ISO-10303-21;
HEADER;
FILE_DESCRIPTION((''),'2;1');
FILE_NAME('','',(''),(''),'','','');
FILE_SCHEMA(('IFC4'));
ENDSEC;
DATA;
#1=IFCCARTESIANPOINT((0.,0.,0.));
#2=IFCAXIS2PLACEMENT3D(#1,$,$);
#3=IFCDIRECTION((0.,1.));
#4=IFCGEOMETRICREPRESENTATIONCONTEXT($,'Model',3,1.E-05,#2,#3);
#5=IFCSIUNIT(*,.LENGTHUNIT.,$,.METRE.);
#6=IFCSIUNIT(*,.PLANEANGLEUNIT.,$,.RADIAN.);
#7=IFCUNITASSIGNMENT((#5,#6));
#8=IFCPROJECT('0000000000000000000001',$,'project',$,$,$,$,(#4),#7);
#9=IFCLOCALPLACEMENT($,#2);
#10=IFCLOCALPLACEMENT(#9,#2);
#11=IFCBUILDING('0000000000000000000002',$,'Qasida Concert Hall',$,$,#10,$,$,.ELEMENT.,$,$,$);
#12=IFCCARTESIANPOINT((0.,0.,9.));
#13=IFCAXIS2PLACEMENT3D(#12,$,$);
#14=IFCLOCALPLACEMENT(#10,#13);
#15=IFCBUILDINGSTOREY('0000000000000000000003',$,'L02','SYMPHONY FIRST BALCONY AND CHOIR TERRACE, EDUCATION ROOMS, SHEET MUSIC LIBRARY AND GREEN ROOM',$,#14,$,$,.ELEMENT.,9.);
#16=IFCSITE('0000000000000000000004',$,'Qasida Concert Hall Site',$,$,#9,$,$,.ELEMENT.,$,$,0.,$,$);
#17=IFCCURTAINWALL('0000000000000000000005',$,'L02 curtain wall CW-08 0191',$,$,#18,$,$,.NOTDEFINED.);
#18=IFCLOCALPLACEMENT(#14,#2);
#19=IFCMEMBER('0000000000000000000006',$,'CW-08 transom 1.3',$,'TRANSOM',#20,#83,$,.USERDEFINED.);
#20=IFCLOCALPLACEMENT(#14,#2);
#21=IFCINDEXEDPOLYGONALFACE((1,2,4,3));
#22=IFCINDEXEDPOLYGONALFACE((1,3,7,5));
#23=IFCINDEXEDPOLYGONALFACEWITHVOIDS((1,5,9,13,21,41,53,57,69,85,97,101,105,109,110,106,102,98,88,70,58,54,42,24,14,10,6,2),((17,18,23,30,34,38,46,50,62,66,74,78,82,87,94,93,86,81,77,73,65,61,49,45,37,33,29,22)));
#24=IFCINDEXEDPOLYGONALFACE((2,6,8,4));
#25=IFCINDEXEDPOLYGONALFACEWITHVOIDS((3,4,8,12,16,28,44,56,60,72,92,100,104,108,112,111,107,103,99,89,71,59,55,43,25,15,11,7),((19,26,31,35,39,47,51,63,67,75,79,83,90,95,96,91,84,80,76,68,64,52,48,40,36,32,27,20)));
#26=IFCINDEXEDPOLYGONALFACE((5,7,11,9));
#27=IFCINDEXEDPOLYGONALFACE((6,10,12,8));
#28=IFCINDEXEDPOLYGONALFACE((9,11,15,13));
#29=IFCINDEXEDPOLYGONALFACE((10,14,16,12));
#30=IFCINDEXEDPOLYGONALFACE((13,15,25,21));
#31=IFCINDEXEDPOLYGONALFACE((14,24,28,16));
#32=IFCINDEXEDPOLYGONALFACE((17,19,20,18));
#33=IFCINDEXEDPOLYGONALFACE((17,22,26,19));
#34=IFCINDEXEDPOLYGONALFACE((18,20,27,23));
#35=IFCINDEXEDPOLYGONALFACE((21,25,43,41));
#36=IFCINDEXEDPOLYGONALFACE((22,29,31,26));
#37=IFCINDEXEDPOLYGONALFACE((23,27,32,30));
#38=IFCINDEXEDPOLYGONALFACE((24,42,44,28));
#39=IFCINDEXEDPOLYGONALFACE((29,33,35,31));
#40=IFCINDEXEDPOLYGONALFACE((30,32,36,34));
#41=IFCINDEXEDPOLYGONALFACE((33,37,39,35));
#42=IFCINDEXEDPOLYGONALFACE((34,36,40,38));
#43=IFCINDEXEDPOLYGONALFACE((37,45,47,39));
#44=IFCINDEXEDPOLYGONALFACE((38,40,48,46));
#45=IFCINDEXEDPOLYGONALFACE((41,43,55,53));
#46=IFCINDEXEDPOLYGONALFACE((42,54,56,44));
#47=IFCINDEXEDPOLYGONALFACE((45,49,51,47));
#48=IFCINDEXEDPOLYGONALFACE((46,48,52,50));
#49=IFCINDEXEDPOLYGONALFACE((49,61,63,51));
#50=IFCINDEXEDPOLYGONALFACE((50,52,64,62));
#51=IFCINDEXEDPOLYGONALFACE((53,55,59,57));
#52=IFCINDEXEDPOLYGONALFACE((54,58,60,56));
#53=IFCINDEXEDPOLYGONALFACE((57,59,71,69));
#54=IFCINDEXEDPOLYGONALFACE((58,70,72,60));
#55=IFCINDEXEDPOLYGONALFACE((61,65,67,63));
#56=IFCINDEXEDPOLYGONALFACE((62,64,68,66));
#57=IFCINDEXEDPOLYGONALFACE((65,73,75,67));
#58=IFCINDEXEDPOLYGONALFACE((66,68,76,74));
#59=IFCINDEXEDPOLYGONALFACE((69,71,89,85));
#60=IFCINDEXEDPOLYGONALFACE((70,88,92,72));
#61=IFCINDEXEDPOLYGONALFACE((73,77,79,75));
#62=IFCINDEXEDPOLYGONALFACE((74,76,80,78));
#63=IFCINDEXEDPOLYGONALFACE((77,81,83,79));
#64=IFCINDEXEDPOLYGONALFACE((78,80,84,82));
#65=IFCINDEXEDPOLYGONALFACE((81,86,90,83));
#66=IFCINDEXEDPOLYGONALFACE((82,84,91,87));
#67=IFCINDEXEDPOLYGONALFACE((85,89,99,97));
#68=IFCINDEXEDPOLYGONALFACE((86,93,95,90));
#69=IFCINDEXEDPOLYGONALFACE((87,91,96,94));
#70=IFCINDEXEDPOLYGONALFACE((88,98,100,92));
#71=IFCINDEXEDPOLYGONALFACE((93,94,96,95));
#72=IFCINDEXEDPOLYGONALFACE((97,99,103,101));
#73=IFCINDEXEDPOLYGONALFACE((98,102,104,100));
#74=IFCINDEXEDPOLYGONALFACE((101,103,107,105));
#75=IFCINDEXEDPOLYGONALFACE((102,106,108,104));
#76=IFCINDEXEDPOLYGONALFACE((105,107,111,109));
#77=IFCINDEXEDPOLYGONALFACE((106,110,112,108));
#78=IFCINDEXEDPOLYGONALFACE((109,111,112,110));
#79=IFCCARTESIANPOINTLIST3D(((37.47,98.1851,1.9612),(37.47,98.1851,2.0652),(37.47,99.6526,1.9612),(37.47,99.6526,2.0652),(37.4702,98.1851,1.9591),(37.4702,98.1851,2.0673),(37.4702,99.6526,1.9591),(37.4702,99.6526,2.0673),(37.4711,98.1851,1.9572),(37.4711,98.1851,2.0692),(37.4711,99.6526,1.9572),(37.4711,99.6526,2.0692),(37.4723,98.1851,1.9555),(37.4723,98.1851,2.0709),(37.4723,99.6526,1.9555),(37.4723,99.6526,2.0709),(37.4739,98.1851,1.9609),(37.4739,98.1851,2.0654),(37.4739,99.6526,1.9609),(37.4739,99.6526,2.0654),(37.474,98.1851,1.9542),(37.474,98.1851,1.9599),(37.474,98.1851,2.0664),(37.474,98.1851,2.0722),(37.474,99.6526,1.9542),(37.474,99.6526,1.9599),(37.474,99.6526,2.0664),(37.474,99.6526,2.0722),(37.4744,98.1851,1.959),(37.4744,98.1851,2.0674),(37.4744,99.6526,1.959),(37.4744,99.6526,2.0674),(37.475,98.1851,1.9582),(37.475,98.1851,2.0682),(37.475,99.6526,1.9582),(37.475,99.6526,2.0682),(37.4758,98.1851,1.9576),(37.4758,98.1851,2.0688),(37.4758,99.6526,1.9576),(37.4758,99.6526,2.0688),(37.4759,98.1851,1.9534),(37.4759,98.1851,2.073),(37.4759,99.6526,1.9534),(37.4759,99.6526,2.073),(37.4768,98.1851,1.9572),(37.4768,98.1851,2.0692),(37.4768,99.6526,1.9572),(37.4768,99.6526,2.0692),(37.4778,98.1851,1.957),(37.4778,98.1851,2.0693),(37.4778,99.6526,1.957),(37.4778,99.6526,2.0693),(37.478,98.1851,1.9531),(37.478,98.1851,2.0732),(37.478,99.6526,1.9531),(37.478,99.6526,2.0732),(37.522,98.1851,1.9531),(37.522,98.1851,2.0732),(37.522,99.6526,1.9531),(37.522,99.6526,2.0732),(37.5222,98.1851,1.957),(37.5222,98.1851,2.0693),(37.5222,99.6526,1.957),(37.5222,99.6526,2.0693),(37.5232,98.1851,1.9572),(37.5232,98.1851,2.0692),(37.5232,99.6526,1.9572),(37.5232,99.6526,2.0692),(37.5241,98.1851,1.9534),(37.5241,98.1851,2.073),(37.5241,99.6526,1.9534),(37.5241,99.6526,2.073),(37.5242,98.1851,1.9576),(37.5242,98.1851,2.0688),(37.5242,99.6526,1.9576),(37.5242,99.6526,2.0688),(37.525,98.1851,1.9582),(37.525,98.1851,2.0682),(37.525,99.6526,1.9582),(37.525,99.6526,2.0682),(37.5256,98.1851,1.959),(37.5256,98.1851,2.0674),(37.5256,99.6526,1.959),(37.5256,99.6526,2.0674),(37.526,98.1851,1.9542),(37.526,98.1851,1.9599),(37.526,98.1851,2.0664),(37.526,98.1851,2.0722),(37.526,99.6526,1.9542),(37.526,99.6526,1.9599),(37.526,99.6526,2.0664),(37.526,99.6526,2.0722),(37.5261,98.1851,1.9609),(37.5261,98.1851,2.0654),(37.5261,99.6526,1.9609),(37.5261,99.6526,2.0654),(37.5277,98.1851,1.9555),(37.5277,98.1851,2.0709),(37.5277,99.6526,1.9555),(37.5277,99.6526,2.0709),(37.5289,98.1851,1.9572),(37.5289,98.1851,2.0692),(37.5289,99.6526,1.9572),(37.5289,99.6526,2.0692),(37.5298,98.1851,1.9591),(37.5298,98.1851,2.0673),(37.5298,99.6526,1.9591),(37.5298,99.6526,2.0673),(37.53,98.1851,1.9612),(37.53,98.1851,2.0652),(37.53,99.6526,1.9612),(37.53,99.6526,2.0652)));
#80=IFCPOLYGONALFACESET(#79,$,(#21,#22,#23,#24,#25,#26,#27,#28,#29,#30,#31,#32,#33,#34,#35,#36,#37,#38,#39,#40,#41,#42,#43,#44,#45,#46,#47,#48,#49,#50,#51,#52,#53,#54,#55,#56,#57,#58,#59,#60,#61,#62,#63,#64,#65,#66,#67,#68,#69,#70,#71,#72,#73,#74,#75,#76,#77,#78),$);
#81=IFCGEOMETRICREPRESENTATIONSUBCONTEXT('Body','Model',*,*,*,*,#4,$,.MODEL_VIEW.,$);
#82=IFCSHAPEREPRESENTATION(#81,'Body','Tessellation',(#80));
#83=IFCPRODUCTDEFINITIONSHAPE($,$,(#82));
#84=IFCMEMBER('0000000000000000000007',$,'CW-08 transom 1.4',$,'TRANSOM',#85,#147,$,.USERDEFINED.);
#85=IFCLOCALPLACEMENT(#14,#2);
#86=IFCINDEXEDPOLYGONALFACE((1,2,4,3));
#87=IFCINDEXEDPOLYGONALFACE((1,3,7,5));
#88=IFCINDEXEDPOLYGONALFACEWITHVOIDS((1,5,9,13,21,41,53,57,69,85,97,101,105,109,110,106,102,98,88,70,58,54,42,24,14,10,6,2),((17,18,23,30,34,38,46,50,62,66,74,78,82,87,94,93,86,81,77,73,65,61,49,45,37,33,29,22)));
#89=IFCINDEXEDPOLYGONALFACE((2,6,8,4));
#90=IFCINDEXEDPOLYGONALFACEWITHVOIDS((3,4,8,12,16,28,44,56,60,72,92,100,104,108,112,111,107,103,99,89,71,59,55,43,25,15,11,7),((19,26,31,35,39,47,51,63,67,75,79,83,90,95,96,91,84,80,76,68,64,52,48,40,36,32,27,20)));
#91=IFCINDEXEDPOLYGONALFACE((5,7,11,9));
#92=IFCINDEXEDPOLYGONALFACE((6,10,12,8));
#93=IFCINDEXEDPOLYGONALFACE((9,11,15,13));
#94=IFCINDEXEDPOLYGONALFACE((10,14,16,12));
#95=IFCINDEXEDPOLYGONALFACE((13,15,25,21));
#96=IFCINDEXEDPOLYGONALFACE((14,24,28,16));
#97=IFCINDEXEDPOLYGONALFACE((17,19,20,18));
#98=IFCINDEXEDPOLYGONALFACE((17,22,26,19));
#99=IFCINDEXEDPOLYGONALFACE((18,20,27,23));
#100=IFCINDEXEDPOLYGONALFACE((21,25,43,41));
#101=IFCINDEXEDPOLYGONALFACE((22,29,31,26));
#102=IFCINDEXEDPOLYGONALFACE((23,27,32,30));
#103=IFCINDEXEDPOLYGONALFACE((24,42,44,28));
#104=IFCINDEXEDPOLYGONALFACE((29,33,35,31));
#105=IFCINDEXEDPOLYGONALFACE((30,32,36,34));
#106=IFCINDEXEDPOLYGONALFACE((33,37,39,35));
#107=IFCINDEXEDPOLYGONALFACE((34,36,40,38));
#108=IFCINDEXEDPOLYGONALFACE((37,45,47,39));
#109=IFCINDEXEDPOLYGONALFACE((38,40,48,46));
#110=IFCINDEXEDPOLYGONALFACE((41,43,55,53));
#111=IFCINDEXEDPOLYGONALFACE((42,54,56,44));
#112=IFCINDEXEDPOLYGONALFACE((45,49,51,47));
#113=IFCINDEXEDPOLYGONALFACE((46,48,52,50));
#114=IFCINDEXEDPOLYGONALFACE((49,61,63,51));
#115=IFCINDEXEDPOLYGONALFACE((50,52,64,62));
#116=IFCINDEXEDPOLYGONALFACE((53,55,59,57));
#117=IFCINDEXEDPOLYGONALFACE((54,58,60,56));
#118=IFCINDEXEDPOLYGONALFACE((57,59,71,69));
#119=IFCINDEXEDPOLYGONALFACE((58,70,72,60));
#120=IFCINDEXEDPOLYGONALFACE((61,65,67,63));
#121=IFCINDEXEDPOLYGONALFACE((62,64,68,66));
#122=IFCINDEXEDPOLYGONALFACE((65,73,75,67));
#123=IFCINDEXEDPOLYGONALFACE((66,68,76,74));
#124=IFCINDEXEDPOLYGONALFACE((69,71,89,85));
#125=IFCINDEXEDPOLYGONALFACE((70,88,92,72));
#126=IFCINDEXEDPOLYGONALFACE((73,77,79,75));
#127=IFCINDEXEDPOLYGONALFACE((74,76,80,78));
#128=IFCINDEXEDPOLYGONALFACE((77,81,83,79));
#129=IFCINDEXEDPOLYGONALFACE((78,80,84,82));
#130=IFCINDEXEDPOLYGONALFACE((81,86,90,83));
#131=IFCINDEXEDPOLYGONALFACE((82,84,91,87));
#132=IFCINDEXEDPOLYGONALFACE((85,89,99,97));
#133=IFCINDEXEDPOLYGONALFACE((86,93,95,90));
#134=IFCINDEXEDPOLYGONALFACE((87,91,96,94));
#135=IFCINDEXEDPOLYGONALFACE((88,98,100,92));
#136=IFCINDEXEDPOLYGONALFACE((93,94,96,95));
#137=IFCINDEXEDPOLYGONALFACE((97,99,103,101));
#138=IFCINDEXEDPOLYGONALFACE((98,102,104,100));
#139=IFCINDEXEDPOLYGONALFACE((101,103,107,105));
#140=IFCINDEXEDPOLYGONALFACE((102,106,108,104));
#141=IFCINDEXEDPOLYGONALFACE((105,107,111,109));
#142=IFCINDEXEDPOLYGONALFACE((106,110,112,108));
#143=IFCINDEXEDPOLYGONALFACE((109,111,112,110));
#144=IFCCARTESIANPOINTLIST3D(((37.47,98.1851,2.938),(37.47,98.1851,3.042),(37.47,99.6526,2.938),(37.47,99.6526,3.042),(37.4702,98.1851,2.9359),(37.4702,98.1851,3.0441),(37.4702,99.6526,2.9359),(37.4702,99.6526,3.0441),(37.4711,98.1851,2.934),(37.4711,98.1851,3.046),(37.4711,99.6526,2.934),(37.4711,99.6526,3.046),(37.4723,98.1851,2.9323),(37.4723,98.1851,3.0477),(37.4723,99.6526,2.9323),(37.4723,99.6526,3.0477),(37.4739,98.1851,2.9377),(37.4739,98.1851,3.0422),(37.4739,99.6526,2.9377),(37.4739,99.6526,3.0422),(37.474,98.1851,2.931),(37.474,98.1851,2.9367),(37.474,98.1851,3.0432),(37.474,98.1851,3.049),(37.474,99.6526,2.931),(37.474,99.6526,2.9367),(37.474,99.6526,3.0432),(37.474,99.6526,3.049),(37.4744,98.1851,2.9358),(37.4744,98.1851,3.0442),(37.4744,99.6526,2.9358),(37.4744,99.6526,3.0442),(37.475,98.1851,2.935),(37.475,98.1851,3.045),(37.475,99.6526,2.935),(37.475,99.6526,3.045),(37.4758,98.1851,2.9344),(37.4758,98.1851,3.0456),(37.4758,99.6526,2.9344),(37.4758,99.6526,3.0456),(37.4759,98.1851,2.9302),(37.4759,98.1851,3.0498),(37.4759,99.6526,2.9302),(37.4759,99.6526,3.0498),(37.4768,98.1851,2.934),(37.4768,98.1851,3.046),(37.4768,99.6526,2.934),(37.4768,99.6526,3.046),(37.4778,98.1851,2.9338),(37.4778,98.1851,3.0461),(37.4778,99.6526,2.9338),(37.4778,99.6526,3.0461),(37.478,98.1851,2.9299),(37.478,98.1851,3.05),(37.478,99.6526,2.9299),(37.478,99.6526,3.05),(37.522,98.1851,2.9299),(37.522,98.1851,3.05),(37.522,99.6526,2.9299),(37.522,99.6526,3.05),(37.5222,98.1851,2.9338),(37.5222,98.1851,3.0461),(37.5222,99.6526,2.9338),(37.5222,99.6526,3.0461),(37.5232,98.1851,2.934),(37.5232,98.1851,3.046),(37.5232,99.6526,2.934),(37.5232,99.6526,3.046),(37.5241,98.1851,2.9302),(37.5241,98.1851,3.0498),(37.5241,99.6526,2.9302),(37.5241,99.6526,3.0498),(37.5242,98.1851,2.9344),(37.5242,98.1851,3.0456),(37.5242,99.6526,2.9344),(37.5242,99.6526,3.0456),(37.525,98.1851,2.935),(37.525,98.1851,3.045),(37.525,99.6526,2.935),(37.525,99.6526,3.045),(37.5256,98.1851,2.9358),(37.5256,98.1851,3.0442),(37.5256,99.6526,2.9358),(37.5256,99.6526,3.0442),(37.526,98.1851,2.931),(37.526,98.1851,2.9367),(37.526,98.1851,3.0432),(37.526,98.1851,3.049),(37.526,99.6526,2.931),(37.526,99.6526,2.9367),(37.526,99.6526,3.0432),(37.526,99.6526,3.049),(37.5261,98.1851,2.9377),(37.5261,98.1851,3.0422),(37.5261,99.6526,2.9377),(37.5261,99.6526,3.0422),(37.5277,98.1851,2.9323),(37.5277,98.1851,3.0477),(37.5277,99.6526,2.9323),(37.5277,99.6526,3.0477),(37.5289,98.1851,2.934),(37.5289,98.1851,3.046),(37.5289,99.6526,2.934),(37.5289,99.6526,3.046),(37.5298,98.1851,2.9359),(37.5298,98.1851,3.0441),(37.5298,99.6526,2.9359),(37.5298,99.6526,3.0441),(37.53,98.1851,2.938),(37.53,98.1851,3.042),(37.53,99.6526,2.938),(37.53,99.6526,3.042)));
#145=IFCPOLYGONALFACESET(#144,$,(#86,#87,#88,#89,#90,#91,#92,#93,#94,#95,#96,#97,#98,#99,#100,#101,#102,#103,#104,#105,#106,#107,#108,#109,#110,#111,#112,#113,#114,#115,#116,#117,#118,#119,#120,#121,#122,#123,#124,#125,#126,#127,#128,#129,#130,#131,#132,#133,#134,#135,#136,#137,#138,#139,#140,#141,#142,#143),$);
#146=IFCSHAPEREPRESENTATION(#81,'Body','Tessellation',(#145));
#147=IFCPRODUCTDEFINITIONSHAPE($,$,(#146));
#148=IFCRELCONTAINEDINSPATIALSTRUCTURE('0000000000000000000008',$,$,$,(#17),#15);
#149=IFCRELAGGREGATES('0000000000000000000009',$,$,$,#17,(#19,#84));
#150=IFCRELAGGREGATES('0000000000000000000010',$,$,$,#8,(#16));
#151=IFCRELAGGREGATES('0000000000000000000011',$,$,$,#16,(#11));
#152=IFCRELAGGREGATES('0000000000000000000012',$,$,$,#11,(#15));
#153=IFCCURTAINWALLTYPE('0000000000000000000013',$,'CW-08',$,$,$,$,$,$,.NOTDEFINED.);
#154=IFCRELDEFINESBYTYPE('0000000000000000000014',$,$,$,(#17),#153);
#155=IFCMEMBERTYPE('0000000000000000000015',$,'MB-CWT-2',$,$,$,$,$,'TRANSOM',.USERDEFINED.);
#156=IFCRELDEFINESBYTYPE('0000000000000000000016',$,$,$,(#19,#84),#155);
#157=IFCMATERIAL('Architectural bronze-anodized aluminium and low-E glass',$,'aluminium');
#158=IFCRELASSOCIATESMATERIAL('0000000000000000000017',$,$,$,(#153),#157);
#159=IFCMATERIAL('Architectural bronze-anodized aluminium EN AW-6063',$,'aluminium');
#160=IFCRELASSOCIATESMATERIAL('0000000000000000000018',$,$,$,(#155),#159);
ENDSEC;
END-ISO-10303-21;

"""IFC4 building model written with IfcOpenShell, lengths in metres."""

from ifc_helpers import new_model, si_unit, direction, frame, origin, origin_2d, place, context, subcontext, project, spatial, hollow_rectangle, extrude, material, material_profile, profile_set, type_object, element, aggregate, save


model = new_model("IFC4")

# Units and contexts
model_context = context("Model", 3, precision=1e-05, world=origin(), true_north=direction((0.0, 1.0)))
body_context = subcontext(model_context, "Body", "Model", "MODEL_VIEW")
ifc_project = project(units=[si_unit("LENGTHUNIT", "METRE"), si_unit("PLANEANGLEUNIT", "RADIAN")], contexts=[model_context])

# Site, building, storey
site_placement = place(None, origin())
site = spatial("IfcSite", under=ifc_project, at=site_placement, Name="Qasida Concert Hall Site", CompositionType="ELEMENT", RefElevation=0.0)
building_placement = place(site_placement, origin())
building = spatial("IfcBuilding", under=site, at=building_placement, Name="Qasida Concert Hall", CompositionType="ELEMENT")
storey_placement = place(building_placement, frame((0.0, 0.0, 9.0)))
storey = spatial("IfcBuildingStorey", under=building, at=storey_placement, Name="L02", Description="SYMPHONY FIRST BALCONY AND CHOIR TERRACE, EDUCATION ROOMS, SHEET MUSIC LIBRARY AND GREEN ROOM", CompositionType="ELEMENT", Elevation=9.0)

# Shared definitions
ifc_material_1 = material(Name="Architectural bronze-anodized aluminium and low-E glass", Category="aluminium")
curtain_wall_type = type_object("IfcCurtainWallType", Name="CW-08", PredefinedType="NOTDEFINED", material=ifc_material_1)
ifc_material_2 = material(Name="Architectural bronze-anodized aluminium EN AW-6063", Category="aluminium")

# Curtain wall
curtain_wall_1_placement = place(storey_placement, origin())
curtain_wall_1 = element("IfcCurtainWall", 1, at=curtain_wall_1_placement, inside=storey, type_object=curtain_wall_type, Name="L02 curtain wall CW-08 0191", PredefinedType="NOTDEFINED")

# Members
ifc_material_profile_1 = material_profile(ifc_material_2, hollow_rectangle(XDim=0.0601, YDim=0.1201, WallThickness=0.0039, InnerFilletRadius=0.0039, OuterFilletRadius=0.0081, at=origin_2d()), Name="CWT 120x60x4")
ifc_profile_set_1 = profile_set([ifc_material_profile_1], Name="Architectural bronze-anodized aluminium EN AW-6063")
member_type_1 = type_object("IfcMemberType", Name="MB-CWT-2", ElementType="TRANSOM", PredefinedType="USERDEFINED", material=ifc_profile_set_1)
member_1_placement = place(storey_placement, frame((37.5, 98.1851, 2.0132), z_axis=(0.0, 1.0, 0.0), x_axis=(-1.0, 0.0, 0.0)))
member_1 = element("IfcMember", 2, at=member_1_placement, type_object=member_type_1, Name="CW-08 transom 1.3", ObjectType="TRANSOM", PredefinedType="USERDEFINED", context=body_context, shape_type="SweptSolid", body=[
    extrude(hollow_rectangle(XDim=0.0601, YDim=0.1201, WallThickness=0.0039, InnerFilletRadius=0.0039, OuterFilletRadius=0.0081, at=origin_2d()), origin(), (0.0, 0.0, 1.0), 1.4675),
])
member_2_placement = place(storey_placement, frame((37.5, 98.1851, 2.99), z_axis=(0.0, 1.0, 0.0), x_axis=(-1.0, 0.0, 0.0)))
member_2 = element("IfcMember", 3, at=member_2_placement, type_object=member_type_1, Name="CW-08 transom 1.4", ObjectType="TRANSOM", PredefinedType="USERDEFINED", context=body_context, shape_type="SweptSolid", body=[
    extrude(hollow_rectangle(XDim=0.0601, YDim=0.1201, WallThickness=0.0039, InnerFilletRadius=0.0039, OuterFilletRadius=0.0081, at=origin_2d()), origin(), (0.0, 0.0, 1.0), 1.4675),
])

aggregate(curtain_wall_1, [member_1, member_2])

save(model, "model.ifc")
